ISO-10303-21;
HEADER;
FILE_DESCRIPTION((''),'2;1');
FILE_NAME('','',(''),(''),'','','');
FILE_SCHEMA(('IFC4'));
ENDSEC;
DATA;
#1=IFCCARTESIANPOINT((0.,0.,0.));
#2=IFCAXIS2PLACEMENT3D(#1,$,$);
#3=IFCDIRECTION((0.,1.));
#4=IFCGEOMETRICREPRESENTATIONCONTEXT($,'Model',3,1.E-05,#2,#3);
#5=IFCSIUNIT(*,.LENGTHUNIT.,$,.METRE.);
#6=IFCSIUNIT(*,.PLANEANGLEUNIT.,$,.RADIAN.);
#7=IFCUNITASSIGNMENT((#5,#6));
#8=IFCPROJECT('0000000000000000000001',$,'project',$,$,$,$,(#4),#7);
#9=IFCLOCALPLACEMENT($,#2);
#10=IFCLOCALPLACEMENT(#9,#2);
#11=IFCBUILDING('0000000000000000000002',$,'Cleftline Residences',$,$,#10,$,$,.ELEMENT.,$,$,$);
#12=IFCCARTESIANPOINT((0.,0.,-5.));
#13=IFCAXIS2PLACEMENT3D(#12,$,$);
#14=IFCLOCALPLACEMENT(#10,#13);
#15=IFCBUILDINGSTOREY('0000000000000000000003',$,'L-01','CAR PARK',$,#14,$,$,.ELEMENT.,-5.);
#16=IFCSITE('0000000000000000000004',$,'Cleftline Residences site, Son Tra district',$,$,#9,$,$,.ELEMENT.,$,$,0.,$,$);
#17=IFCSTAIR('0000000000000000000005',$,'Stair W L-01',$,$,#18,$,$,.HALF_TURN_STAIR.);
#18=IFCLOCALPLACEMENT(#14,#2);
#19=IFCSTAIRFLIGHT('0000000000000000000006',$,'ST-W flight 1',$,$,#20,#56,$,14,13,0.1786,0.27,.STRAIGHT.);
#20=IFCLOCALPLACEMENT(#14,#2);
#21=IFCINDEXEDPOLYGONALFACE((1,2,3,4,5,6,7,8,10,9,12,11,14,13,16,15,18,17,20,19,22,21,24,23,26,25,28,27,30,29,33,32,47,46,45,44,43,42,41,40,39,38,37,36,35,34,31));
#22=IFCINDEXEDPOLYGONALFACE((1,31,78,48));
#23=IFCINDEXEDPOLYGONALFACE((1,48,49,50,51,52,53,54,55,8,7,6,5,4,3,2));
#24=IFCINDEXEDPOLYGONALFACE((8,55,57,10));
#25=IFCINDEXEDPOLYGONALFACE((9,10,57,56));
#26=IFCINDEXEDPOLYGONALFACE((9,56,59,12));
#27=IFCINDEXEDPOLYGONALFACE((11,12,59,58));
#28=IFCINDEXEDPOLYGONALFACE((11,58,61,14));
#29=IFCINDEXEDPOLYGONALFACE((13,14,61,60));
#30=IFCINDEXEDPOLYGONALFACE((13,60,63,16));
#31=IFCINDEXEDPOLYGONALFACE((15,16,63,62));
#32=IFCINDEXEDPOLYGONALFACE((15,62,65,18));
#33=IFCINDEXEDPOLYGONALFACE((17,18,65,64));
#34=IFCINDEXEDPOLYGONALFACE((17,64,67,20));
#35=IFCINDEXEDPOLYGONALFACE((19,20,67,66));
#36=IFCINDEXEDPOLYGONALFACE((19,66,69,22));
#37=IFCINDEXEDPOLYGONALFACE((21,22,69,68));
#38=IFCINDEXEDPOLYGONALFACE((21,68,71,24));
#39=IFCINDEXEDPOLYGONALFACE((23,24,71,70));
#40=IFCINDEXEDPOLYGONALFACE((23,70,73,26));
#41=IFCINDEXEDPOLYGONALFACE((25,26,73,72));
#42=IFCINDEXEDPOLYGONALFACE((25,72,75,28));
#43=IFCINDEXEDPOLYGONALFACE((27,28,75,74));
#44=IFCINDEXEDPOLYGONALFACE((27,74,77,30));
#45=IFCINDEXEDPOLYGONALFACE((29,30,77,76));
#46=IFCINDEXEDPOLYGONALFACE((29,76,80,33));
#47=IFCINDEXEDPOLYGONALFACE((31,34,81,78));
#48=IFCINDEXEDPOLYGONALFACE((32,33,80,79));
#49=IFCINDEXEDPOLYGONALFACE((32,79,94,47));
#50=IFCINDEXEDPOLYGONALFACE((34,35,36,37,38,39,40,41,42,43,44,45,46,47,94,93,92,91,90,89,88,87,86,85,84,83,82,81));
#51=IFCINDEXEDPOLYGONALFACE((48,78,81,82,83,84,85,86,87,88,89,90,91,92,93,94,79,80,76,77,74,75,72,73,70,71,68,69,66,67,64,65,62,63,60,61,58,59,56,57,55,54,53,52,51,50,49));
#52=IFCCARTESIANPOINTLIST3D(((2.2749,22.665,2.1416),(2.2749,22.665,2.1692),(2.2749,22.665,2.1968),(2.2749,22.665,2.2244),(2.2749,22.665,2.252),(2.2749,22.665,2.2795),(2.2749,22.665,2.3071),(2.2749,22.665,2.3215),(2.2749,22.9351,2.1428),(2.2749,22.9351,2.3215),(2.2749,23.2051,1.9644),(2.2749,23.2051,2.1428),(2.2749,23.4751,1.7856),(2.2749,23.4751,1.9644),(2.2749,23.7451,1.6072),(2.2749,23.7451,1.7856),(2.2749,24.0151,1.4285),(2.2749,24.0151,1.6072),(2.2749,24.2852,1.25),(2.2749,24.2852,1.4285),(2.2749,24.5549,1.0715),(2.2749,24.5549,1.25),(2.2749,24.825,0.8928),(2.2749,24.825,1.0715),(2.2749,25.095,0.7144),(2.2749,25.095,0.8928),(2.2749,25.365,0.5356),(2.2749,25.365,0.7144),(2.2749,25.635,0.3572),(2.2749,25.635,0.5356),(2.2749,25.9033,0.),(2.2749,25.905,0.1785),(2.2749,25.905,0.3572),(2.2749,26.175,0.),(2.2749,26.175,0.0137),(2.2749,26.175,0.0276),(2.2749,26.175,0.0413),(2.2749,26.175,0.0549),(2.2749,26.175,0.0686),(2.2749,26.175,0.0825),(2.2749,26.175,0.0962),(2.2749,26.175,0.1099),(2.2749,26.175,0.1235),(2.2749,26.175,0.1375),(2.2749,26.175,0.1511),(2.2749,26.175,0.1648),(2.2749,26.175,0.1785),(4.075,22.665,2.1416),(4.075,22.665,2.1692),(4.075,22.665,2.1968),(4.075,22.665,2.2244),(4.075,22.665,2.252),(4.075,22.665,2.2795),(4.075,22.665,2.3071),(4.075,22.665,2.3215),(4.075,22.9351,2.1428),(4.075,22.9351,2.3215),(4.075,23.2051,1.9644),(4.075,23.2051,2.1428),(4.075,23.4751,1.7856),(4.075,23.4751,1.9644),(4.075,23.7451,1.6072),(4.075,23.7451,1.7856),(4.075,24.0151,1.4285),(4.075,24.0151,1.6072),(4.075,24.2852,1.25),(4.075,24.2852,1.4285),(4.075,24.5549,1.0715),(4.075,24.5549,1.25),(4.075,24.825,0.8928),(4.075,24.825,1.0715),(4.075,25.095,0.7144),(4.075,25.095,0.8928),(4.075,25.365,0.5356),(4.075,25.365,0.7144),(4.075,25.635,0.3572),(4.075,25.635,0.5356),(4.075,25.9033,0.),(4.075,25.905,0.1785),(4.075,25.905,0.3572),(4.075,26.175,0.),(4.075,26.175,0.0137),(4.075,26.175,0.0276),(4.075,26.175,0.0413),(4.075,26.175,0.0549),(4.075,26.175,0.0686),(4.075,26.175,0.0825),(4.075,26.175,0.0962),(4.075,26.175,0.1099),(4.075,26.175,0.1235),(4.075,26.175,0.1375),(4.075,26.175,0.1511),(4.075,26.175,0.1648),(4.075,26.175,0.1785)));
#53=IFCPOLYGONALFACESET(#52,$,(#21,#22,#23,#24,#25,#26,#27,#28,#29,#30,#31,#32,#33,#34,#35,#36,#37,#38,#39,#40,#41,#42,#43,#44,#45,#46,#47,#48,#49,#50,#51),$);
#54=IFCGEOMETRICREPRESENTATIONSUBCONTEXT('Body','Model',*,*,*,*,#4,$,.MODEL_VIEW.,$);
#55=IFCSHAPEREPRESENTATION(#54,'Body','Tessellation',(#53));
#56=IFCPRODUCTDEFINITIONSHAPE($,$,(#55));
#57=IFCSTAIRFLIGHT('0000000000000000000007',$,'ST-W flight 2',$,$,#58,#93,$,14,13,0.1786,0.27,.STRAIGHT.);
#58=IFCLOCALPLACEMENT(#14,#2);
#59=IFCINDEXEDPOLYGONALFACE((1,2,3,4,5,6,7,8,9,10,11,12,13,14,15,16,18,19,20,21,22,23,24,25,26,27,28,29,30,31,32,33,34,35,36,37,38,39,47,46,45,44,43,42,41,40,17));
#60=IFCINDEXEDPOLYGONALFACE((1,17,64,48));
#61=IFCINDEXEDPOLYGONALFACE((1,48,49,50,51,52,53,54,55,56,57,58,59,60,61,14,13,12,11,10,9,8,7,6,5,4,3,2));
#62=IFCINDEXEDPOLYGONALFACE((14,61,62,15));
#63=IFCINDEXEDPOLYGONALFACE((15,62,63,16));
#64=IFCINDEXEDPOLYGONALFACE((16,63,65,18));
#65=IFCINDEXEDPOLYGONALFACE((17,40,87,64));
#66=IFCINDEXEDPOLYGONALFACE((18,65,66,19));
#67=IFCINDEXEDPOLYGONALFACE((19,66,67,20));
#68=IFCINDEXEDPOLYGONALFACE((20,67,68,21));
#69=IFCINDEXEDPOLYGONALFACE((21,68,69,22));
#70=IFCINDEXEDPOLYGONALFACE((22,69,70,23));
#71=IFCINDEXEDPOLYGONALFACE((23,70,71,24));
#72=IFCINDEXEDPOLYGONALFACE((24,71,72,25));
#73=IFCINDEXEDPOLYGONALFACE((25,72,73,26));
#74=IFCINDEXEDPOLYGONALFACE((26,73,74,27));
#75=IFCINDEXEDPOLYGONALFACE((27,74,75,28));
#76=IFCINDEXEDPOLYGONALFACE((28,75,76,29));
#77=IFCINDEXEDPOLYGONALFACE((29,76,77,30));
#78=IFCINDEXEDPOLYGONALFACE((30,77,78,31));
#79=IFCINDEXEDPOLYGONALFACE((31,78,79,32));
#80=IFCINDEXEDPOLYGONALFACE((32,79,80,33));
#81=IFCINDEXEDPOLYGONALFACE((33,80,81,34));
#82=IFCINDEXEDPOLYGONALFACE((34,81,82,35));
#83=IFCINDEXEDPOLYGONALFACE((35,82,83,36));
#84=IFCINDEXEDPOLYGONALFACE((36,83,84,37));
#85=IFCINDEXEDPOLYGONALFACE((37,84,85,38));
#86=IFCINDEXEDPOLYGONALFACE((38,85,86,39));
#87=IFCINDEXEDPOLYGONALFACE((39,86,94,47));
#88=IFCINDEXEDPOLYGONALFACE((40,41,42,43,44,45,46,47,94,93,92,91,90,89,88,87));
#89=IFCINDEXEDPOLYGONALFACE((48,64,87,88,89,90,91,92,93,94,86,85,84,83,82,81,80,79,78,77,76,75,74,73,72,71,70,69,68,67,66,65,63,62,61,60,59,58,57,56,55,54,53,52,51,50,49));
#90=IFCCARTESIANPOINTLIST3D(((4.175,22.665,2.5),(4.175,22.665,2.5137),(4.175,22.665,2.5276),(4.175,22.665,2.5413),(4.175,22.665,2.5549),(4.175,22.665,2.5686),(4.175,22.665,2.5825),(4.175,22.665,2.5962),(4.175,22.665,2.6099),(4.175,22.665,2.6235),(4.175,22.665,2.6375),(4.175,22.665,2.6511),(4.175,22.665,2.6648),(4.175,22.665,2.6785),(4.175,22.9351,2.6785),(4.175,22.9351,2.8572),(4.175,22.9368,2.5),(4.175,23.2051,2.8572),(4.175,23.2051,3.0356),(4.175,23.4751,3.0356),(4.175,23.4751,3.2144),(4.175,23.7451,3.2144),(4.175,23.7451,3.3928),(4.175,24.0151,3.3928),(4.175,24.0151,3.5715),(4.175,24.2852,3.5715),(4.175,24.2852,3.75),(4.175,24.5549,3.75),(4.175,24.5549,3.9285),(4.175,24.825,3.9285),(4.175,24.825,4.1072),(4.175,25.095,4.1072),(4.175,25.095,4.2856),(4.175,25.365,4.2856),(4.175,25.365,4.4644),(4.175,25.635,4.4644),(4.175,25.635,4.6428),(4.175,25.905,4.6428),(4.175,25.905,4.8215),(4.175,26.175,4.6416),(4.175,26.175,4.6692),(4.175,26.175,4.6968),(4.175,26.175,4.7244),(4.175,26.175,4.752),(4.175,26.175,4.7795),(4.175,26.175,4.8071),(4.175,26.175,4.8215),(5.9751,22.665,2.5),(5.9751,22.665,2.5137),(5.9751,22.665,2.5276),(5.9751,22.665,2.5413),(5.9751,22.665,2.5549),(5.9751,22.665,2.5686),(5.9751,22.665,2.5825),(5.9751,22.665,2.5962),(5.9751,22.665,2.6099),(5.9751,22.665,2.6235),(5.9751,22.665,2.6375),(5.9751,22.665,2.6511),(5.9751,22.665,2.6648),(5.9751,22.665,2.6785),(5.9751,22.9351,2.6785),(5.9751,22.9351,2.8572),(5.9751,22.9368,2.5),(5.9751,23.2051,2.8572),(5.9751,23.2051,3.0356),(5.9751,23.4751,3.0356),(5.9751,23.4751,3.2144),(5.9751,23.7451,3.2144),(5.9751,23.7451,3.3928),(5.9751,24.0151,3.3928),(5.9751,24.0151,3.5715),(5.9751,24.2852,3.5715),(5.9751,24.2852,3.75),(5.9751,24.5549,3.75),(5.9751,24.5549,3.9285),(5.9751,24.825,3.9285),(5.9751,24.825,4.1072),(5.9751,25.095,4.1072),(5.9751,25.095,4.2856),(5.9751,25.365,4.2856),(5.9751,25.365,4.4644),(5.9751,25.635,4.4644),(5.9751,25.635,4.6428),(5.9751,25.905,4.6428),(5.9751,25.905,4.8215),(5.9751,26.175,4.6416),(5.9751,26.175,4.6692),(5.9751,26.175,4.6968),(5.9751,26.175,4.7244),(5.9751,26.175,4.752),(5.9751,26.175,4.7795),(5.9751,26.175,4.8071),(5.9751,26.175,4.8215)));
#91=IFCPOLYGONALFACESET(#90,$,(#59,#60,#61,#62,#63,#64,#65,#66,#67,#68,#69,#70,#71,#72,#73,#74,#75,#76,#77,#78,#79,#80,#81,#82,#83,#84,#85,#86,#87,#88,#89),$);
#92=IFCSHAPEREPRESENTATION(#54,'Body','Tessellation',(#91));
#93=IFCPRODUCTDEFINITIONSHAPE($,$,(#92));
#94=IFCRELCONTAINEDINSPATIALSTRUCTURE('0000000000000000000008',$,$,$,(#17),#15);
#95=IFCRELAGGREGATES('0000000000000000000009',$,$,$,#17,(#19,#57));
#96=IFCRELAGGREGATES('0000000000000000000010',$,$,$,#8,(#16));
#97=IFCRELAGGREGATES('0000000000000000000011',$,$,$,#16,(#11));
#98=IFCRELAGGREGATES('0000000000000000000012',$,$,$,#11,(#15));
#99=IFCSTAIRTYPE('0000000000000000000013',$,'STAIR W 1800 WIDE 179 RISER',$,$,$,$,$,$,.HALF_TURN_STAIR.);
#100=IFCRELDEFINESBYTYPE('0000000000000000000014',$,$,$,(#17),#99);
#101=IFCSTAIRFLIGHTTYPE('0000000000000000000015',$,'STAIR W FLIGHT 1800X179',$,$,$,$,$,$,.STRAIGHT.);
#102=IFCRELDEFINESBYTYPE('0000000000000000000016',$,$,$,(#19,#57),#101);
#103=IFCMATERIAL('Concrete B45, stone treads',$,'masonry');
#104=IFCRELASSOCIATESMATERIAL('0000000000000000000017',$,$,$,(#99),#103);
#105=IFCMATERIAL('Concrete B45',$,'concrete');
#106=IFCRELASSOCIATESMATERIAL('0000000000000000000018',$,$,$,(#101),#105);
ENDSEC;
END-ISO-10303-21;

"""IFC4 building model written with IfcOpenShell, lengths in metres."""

from ifc_helpers import new_model, si_unit, direction, frame, origin, place, context, subcontext, project, spatial, polyline, outline, extrude, material, type_object, element, aggregate, save


model = new_model("IFC4")

# Units and contexts
model_context = context("Model", 3, precision=1e-05, world=origin(), true_north=direction((0.0, 1.0)))
body_context = subcontext(model_context, "Body", "Model", "MODEL_VIEW")
ifc_project = project(units=[si_unit("LENGTHUNIT", "METRE"), si_unit("PLANEANGLEUNIT", "RADIAN")], contexts=[model_context])

# Site, building, storey
site_placement = place(None, origin())
site = spatial("IfcSite", under=ifc_project, at=site_placement, Name="Cleftline Residences site, Son Tra district", CompositionType="ELEMENT", RefElevation=0.0)
building_placement = place(site_placement, origin())
building = spatial("IfcBuilding", under=site, at=building_placement, Name="Cleftline Residences", CompositionType="ELEMENT")
storey_placement = place(building_placement, frame((0.0, 0.0, -5.0)))
storey = spatial("IfcBuildingStorey", under=building, at=storey_placement, Name="L-01", Description="CAR PARK", CompositionType="ELEMENT", Elevation=-5.0)

# Stair, stair flights
ifc_material_1 = material(Name="Concrete B45, stone treads", Category="masonry")
stair_type = type_object("IfcStairType", Name="STAIR W 1800 WIDE 179 RISER", PredefinedType="HALF_TURN_STAIR", material=ifc_material_1)
stair_placement = place(storey_placement, origin())
stair = element("IfcStair", 1, at=stair_placement, inside=storey, type_object=stair_type, Name="Stair W L-01", PredefinedType="HALF_TURN_STAIR")
ifc_material_2 = material(Name="Concrete B45", Category="concrete")
stair_flight_type = type_object("IfcStairFlightType", Name="STAIR W FLIGHT 1800X179", PredefinedType="STRAIGHT", material=ifc_material_2)
stair_flight_1_placement = place(storey_placement, frame((3.175, 26.175, 0.0), z_axis=(0.0, 0.0, 1.0), x_axis=(0.0, -1.0, 0.0)))
stair_flight_1 = element("IfcStairFlight", 2, at=stair_flight_1_placement, type_object=stair_flight_type, Name="ST-W flight 1", NumberOfRisers=14, NumberOfTreads=13, PredefinedType="STRAIGHT", RiserHeight=0.1786, TreadLength=0.27, context=body_context, shape_type="SweptSolid", body=[
    extrude(outline(polyline([(0.0, 0.0), (0.0, 0.0137), (0.0, 0.0276), (0.0, 0.0413), (0.0, 0.0549), (0.0, 0.0686), (0.0, 0.0825), (0.0, 0.0962), (0.0, 0.1099), (0.0, 0.1235), (0.0, 0.1375), (0.0, 0.1511), (0.0, 0.1648), (0.0, 0.1785), (0.27, 0.1785), (0.27, 0.3572), (0.54, 0.3572), (0.54, 0.5356), (0.8101, 0.5356), (0.8101, 0.7144), (1.0801, 0.7144), (1.0801, 0.8928), (1.3501, 0.8928), (1.3501, 1.0715), (1.6201, 1.0715), (1.6201, 1.25), (1.8899, 1.25), (1.8899, 1.4285), (2.1599, 1.4285), (2.1599, 1.6072), (2.4299, 1.6072), (2.4299, 1.7856), (2.7, 1.7856), (2.7, 1.9644), (2.97, 1.9644), (2.97, 2.1428), (3.24, 2.1428), (3.24, 2.3215), (3.51, 2.3215), (3.51, 2.5), (3.51, 2.4724), (3.51, 2.4448), (3.51, 2.4172), (3.51, 2.3896), (3.51, 2.3623), (3.51, 2.3347), (3.51, 2.3071), (3.51, 2.2795), (3.51, 2.252), (3.51, 2.2244), (3.51, 2.1968), (3.51, 2.1692), (3.51, 2.1416), (0.2717, 0.0), (0.0, 0.0)])), frame((0.0, 0.8999, 0.0), z_axis=(0.0, -1.0, 0.0), x_axis=(1.0, 0.0, 0.0)), (0.0, 0.0, 1.0), 1.8),
])
stair_flight_2_placement = place(storey_placement, frame((5.075, 22.665, 2.5), z_axis=(0.0, 0.0, 1.0), x_axis=(0.0, 1.0, 0.0)))
stair_flight_2 = element("IfcStairFlight", 3, at=stair_flight_2_placement, type_object=stair_flight_type, Name="ST-W flight 2", NumberOfRisers=14, NumberOfTreads=13, PredefinedType="STRAIGHT", RiserHeight=0.1786, TreadLength=0.27, context=body_context, shape_type="SweptSolid", body=[
    extrude(outline(polyline([(0.0, 0.0), (0.0, 0.0137), (0.0, 0.0276), (0.0, 0.0413), (0.0, 0.0549), (0.0, 0.0686), (0.0, 0.0825), (0.0, 0.0962), (0.0, 0.1099), (0.0, 0.1235), (0.0, 0.1375), (0.0, 0.1511), (0.0, 0.1648), (0.0, 0.1785), (0.27, 0.1785), (0.27, 0.3572), (0.54, 0.3572), (0.54, 0.5356), (0.8101, 0.5356), (0.8101, 0.7144), (1.0801, 0.7144), (1.0801, 0.8928), (1.3501, 0.8928), (1.3501, 1.0715), (1.6201, 1.0715), (1.6201, 1.25), (1.8899, 1.25), (1.8899, 1.4285), (2.1599, 1.4285), (2.1599, 1.6072), (2.4299, 1.6072), (2.4299, 1.7856), (2.7, 1.7856), (2.7, 1.9644), (2.97, 1.9644), (2.97, 2.1428), (3.24, 2.1428), (3.24, 2.3215), (3.51, 2.3215), (3.51, 2.5), (3.51, 2.4724), (3.51, 2.4448), (3.51, 2.4172), (3.51, 2.3896), (3.51, 2.3623), (3.51, 2.3347), (3.51, 2.3071), (3.51, 2.2795), (3.51, 2.252), (3.51, 2.2244), (3.51, 2.1968), (3.51, 2.1692), (3.51, 2.1416), (0.2717, 0.0), (0.0, 0.0)])), frame((0.0, 0.8999, 0.0), z_axis=(0.0, -1.0, 0.0), x_axis=(1.0, 0.0, 0.0)), (0.0, 0.0, 1.0), 1.8),
])
aggregate(stair, [stair_flight_1, stair_flight_2])

save(model, "model.ifc")
